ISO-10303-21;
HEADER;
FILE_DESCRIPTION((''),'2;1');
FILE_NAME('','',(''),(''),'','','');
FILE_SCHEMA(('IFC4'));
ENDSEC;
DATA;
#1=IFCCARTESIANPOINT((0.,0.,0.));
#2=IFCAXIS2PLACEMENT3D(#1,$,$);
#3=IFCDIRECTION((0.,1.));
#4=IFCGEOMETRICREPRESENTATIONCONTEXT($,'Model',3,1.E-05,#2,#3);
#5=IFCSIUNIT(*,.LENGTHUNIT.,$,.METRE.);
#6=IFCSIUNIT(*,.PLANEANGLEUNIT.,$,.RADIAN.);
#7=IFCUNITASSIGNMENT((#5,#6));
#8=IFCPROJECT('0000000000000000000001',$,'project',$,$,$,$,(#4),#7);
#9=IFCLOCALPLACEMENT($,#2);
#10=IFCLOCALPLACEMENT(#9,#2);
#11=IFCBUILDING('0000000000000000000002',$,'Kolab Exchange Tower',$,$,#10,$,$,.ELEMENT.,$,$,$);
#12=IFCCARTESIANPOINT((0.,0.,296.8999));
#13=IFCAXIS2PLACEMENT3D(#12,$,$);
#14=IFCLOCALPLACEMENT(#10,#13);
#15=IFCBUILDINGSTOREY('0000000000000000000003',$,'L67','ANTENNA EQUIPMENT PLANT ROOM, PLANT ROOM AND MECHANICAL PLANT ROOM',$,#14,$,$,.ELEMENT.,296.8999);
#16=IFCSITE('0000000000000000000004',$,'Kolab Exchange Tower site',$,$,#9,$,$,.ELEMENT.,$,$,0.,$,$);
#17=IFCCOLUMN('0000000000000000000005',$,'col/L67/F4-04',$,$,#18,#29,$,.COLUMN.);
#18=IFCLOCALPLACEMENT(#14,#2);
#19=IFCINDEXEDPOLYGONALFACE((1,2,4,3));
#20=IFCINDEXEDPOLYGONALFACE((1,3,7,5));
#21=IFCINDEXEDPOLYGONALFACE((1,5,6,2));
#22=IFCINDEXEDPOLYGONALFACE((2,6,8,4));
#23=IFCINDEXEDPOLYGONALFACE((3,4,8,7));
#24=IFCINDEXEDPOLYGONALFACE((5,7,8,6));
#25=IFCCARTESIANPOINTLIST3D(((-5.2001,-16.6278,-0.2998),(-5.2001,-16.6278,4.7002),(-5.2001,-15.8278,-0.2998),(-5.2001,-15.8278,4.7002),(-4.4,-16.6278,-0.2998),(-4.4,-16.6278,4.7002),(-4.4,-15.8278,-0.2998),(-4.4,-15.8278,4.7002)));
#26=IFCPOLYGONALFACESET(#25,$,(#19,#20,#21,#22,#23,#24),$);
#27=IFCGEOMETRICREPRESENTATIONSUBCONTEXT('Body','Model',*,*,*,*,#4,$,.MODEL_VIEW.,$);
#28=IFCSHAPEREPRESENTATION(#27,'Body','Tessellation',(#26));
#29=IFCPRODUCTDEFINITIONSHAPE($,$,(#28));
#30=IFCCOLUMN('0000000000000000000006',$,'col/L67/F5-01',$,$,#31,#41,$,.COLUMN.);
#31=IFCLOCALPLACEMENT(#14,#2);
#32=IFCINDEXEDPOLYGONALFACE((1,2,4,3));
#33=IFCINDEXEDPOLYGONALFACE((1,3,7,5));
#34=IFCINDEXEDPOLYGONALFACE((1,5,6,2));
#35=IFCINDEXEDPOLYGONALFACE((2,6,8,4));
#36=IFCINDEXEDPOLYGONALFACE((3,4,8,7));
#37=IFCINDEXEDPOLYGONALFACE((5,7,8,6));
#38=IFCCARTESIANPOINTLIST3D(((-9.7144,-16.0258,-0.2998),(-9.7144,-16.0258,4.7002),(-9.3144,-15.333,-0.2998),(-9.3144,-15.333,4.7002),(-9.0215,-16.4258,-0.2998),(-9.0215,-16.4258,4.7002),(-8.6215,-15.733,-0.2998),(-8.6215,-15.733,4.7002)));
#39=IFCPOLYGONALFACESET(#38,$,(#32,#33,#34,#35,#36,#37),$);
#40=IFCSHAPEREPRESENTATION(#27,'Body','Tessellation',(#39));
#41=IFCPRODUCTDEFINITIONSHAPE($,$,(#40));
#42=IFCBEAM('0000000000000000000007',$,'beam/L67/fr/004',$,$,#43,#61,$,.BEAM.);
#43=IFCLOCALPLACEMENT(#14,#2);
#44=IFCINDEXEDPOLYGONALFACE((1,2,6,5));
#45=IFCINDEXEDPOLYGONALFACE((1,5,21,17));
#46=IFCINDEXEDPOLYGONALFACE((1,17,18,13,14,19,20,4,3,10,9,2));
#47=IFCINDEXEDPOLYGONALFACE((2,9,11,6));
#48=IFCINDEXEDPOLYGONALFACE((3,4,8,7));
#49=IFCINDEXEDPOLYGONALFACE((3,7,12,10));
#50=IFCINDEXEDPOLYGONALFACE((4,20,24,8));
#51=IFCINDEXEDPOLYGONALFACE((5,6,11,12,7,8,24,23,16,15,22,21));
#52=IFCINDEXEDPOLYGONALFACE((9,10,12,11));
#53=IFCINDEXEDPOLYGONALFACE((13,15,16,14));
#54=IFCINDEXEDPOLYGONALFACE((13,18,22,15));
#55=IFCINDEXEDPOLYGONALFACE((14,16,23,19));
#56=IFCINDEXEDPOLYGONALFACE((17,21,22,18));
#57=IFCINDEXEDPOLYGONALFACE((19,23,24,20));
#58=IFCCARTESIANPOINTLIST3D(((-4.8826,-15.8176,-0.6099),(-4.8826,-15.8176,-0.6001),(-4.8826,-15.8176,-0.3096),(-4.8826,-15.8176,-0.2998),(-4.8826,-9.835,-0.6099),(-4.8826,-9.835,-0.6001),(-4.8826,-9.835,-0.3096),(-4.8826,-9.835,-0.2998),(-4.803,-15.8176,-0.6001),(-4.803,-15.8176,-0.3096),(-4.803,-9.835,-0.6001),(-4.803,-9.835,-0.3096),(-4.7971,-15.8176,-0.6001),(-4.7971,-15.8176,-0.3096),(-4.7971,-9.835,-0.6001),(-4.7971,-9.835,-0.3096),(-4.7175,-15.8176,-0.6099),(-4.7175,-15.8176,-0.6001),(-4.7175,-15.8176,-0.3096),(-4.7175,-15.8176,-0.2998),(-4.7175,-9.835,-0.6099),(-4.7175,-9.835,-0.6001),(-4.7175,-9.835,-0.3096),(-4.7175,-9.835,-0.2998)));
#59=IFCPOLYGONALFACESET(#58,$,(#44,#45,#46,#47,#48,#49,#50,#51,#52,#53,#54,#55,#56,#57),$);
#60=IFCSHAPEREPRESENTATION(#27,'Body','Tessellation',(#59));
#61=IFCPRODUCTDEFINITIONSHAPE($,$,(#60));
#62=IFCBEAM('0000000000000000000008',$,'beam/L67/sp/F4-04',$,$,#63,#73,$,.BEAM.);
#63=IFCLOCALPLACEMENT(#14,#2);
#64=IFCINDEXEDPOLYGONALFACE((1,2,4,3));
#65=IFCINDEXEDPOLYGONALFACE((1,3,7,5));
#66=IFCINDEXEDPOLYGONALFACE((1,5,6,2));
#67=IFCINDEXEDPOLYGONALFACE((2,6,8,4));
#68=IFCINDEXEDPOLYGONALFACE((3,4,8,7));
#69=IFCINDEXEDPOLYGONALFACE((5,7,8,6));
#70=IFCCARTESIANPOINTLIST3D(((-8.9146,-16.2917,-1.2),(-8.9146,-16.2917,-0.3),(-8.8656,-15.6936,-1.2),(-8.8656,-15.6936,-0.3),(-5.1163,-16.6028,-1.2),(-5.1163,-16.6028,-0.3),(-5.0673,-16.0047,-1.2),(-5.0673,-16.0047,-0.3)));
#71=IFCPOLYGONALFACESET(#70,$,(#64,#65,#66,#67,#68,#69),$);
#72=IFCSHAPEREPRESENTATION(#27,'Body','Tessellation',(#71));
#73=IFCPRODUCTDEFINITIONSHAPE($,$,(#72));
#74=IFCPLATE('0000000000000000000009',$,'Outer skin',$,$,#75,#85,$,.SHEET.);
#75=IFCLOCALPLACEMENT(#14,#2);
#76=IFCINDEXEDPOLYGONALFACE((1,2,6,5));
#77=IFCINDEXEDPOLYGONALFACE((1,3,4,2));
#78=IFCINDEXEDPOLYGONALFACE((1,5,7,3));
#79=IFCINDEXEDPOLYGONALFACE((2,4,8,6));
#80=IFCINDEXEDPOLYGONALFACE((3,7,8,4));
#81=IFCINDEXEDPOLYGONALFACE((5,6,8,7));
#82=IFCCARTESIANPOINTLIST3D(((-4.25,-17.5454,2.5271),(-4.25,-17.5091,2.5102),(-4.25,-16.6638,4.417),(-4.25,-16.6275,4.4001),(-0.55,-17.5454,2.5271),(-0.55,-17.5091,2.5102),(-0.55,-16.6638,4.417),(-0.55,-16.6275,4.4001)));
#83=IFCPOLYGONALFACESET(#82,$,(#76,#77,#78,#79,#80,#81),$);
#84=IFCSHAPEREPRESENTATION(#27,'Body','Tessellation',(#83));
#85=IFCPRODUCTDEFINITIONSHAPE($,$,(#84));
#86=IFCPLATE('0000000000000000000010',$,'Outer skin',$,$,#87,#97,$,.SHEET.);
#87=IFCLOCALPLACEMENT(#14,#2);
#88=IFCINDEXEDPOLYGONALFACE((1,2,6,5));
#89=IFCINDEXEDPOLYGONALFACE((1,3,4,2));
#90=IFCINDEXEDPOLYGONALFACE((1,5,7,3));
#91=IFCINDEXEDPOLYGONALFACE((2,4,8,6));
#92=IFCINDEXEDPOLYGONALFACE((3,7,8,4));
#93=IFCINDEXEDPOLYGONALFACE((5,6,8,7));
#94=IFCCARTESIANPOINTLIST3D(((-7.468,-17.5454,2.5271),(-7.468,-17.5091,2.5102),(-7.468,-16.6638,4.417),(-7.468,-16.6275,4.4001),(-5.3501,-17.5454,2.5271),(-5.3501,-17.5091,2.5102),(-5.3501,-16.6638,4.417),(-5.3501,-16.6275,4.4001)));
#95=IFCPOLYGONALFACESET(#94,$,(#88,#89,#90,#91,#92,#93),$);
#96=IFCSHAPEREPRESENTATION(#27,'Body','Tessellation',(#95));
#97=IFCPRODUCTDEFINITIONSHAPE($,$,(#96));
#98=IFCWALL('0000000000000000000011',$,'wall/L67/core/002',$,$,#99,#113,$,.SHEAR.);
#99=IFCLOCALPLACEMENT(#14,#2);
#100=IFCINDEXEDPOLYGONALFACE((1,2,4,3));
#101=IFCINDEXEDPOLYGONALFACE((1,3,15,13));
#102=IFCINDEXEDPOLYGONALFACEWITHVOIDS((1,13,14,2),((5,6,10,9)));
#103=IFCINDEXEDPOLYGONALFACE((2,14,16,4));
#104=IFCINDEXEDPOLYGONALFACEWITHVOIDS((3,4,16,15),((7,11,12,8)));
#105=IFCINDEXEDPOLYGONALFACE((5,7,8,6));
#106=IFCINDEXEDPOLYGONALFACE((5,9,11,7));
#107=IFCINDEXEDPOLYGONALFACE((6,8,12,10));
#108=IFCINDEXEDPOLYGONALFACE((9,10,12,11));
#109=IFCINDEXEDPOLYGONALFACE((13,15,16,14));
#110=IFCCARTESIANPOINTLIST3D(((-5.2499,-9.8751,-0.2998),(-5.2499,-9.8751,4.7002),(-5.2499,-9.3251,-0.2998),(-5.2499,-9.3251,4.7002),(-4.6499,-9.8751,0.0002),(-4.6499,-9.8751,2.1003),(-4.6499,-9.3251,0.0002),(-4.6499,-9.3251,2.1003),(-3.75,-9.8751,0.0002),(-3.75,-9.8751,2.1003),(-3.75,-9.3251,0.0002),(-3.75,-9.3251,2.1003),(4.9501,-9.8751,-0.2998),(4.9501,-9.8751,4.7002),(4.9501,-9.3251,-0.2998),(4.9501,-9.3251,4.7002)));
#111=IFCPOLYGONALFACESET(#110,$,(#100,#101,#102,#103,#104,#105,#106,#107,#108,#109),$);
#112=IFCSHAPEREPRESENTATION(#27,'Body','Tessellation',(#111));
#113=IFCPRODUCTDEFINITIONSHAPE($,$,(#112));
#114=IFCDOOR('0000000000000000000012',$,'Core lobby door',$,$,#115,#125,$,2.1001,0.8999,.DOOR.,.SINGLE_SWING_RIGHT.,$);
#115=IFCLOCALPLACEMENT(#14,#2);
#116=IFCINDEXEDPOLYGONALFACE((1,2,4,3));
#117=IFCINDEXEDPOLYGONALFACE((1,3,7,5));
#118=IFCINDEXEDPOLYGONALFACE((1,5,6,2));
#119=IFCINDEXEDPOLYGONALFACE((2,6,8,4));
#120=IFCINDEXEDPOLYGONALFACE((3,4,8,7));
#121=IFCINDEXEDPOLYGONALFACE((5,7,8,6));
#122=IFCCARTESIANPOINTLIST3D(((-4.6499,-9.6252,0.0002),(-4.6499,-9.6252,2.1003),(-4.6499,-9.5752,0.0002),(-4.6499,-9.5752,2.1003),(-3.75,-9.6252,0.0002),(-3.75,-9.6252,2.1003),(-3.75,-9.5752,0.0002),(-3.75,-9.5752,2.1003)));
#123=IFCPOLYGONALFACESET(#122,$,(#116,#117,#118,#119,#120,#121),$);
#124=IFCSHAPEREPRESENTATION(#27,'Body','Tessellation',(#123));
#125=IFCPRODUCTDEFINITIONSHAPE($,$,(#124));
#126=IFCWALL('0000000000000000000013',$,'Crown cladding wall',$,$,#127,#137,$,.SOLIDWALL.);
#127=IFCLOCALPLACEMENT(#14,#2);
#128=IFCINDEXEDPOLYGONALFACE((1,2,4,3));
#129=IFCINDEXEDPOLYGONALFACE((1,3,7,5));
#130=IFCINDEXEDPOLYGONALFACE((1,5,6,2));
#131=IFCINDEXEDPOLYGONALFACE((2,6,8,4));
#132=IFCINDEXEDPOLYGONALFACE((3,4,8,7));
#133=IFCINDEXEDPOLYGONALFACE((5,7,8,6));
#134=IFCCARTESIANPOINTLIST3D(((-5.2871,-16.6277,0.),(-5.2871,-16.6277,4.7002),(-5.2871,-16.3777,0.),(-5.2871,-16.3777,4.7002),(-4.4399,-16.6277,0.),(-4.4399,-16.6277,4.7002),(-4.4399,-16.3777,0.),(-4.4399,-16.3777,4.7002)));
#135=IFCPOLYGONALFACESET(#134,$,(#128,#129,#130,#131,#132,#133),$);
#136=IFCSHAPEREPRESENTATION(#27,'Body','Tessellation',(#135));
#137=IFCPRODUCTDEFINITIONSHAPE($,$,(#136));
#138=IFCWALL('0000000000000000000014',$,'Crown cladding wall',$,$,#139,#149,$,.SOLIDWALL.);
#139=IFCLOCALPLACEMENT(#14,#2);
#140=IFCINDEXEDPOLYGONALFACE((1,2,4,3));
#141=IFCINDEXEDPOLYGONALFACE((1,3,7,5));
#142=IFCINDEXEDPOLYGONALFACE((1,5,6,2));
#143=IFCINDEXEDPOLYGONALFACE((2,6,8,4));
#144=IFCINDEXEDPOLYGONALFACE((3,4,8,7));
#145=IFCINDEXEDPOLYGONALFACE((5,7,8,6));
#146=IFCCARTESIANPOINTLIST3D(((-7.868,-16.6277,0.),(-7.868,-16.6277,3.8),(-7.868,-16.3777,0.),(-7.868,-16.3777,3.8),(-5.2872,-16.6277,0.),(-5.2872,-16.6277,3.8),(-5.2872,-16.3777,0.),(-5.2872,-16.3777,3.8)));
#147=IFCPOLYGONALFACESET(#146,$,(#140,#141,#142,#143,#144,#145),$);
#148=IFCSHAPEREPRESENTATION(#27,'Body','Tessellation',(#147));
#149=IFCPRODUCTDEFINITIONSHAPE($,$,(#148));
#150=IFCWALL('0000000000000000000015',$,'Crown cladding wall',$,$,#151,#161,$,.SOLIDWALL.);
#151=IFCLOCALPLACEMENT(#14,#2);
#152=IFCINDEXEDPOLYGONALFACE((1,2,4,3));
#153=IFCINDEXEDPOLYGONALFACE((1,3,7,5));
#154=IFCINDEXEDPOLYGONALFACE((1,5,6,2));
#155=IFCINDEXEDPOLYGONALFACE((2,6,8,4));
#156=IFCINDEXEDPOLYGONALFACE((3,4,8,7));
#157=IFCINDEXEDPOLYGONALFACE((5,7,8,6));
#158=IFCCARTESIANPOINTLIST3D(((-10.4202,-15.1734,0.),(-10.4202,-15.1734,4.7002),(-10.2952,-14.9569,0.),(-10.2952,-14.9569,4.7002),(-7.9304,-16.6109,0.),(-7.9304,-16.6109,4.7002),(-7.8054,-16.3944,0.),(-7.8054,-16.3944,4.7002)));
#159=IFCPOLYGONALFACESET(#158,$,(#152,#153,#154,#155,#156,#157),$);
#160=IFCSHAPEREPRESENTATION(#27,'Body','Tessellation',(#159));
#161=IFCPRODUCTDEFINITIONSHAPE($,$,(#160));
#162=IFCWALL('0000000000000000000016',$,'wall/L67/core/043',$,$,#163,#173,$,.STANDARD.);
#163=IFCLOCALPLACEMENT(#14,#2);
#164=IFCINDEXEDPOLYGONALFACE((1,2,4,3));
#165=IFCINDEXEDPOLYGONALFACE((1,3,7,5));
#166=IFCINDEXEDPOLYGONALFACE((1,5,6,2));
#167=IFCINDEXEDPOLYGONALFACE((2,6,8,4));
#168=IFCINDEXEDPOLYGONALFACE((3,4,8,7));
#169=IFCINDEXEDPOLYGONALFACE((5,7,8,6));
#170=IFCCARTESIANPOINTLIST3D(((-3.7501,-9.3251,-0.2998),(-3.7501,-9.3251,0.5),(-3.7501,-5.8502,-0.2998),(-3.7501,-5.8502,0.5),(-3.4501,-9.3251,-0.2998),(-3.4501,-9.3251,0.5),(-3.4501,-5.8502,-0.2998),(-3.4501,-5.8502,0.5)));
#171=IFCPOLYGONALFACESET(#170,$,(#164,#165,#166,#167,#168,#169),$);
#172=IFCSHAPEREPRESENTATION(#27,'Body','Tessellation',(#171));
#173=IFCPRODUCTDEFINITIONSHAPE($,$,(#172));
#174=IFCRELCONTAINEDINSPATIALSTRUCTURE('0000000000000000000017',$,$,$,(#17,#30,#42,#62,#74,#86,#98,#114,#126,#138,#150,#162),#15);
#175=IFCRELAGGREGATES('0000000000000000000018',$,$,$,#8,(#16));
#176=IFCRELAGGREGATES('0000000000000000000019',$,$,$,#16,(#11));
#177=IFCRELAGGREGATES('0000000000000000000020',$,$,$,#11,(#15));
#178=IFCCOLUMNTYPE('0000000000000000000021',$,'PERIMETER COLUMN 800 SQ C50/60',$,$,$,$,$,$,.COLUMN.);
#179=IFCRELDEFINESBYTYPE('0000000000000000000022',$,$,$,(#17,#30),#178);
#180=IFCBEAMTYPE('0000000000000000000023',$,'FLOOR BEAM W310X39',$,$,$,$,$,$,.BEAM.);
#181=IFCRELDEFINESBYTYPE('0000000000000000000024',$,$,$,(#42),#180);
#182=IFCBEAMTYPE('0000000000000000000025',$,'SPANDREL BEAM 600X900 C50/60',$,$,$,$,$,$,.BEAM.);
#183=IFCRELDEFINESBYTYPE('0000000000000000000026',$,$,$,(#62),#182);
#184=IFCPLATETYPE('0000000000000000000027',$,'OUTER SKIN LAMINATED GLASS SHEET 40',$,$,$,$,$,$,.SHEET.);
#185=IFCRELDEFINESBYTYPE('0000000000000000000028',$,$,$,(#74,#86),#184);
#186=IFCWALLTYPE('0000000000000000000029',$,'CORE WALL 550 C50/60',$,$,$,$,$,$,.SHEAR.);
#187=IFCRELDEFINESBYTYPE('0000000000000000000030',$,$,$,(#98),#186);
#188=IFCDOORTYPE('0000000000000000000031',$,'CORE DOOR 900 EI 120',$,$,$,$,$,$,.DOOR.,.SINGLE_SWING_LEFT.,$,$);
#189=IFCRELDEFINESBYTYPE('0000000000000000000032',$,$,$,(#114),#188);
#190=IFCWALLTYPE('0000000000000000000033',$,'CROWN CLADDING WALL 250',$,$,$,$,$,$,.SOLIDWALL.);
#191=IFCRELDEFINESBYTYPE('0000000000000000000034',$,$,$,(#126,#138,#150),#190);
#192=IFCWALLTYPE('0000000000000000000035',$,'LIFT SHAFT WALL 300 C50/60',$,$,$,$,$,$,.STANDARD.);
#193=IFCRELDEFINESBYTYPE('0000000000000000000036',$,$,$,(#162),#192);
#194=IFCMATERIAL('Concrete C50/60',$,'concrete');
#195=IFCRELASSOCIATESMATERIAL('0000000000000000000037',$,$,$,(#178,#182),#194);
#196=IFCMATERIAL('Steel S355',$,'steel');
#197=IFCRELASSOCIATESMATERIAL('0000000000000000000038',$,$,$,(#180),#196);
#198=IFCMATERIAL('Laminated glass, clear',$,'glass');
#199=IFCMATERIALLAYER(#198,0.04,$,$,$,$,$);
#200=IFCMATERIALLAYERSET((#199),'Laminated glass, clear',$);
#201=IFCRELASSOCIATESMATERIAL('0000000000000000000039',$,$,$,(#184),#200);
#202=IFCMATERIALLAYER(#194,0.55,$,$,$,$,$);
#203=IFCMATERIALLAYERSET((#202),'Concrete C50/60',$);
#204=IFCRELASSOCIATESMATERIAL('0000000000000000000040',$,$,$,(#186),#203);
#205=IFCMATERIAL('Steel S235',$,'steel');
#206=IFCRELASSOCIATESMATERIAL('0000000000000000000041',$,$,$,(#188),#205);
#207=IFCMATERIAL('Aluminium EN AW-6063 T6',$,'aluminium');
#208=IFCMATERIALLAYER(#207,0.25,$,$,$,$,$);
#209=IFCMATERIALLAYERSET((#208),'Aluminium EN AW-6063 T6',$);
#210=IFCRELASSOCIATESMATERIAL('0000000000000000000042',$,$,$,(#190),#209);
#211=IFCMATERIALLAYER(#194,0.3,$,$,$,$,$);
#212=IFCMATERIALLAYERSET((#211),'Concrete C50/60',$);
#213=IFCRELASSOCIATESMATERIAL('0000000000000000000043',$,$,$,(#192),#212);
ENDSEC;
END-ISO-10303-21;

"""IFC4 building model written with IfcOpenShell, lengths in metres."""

from ifc_helpers import new_model, si_unit, direction, frame, frame_2d, origin, origin_2d, place, context, subcontext, project, spatial, polyline, rectangle, i_section, outline, extrude, material, layer, layer_set, material_profile, profile_set, type_object, element, fill, save


model = new_model("IFC4")

# Units and contexts
model_context = context("Model", 3, precision=1e-05, world=origin(), true_north=direction((0.0, 1.0)))
body_context = subcontext(model_context, "Body", "Model", "MODEL_VIEW")
ifc_project = project(units=[si_unit("LENGTHUNIT", "METRE"), si_unit("PLANEANGLEUNIT", "RADIAN")], contexts=[model_context])

# Site, building, storey
site_placement = place(None, origin())
site = spatial("IfcSite", under=ifc_project, at=site_placement, Name="Kolab Exchange Tower site", CompositionType="ELEMENT", RefElevation=0.0)
building_placement = place(site_placement, origin())
building = spatial("IfcBuilding", under=site, at=building_placement, Name="Kolab Exchange Tower", CompositionType="ELEMENT")
storey_placement = place(building_placement, frame((0.0, 0.0, 296.8999)))
storey = spatial("IfcBuildingStorey", under=building, at=storey_placement, Name="L67", Description="ANTENNA EQUIPMENT PLANT ROOM, PLANT ROOM AND MECHANICAL PLANT ROOM", CompositionType="ELEMENT", Elevation=296.8999)

# Columns
ifc_material_1 = material(Name="Concrete C50/60", Category="concrete")
ifc_material_profile_1 = material_profile(ifc_material_1, rectangle(XDim=0.8, YDim=0.8, at=origin_2d()), Name="RC800")
ifc_profile_set_1 = profile_set([ifc_material_profile_1], Name="Concrete C50/60")
column_type = type_object("IfcColumnType", Name="PERIMETER COLUMN 800 SQ C50/60", PredefinedType="COLUMN", material=ifc_profile_set_1)
for number, where, z_axis, x_axis, name in (
    (1, (-4.8, -16.2278, -0.2998), (0.0, 0.0, 1.0), (1.0, 0.0, 0.0), "col/L67/F4-04"),
    (2, (-9.168, -15.8794, -0.2998), (0.0, 0.0, 1.0), (0.5, 0.866025, 0.0), "col/L67/F5-01"),
):
    element("IfcColumn", number, at=place(storey_placement, frame(where, z_axis=z_axis, x_axis=x_axis)), inside=storey, type_object=column_type, Name=name, PredefinedType="COLUMN", context=body_context, shape_type="SweptSolid", body=[
        extrude(rectangle(XDim=0.8, YDim=0.8, at=origin_2d()), origin(), (0.0, 0.0, 1.0), 5.0),
    ])

# Beams
ifc_material_2 = material(Name="Steel S355", Category="steel")
ifc_material_profile_2 = material_profile(ifc_material_2, i_section(OverallWidth=0.165, OverallDepth=0.3101, WebThickness=0.0059, FlangeThickness=0.0098, at=origin_2d()), Name="W310X39")
ifc_profile_set_2 = profile_set([ifc_material_profile_2], Name="Steel S355")
beam_type_1 = type_object("IfcBeamType", Name="FLOOR BEAM W310X39", PredefinedType="BEAM", material=ifc_profile_set_2)
beam_1_placement = place(storey_placement, frame((-4.8, -15.8176, -0.4548), z_axis=(0.0, 1.0, 0.0), x_axis=(-1.0, 0.0, 0.0)))
element("IfcBeam", 3, at=beam_1_placement, inside=storey, type_object=beam_type_1, Name="beam/L67/fr/004", PredefinedType="BEAM", context=body_context, shape_type="SweptSolid", body=[
    extrude(i_section(OverallWidth=0.165, OverallDepth=0.3101, WebThickness=0.0059, FlangeThickness=0.0098, at=origin_2d()), origin(), (0.0, 0.0, 1.0), 5.9827),
])
ifc_material_profile_3 = material_profile(ifc_material_1, rectangle(XDim=0.6001, YDim=0.8999, at=origin_2d()), Name="RC600X900")
ifc_profile_set_3 = profile_set([ifc_material_profile_3], Name="Concrete C50/60")
beam_type_2 = type_object("IfcBeamType", Name="SPANDREL BEAM 600X900 C50/60", PredefinedType="BEAM", material=ifc_profile_set_3)
beam_2_placement = place(storey_placement, frame((-5.0918, -16.3037, -0.75), z_axis=(-0.996664, 0.081614, 0.0), x_axis=(-0.081614, -0.996664, 0.0)))
element("IfcBeam", 4, at=beam_2_placement, inside=storey, type_object=beam_type_2, Name="beam/L67/sp/F4-04", PredefinedType="BEAM", context=body_context, shape_type="SweptSolid", body=[
    extrude(rectangle(XDim=0.6001, YDim=0.8999, at=origin_2d()), origin(), (0.0, 0.0, 1.0), 3.811),
])

# Plates
ifc_material_3 = material(Name="Laminated glass, clear", Category="glass")
ifc_layer_1 = layer(ifc_material_3, 0.04)
ifc_layer_set_1 = layer_set([ifc_layer_1], Name="Laminated glass, clear")
plate_type = type_object("IfcPlateType", Name="OUTER SKIN LAMINATED GLASS SHEET 40", PredefinedType="SHEET", material=ifc_layer_set_1)
plate_1_placement = place(storey_placement, frame((-0.55, -17.5454, 2.5271), z_axis=(0.0, -0.906249, 0.422744), x_axis=(-1.0, 0.0, 0.0)))
element("IfcPlate", 5, at=plate_1_placement, inside=storey, type_object=plate_type, Name="Outer skin", PredefinedType="SHEET", context=body_context, shape_type="SweptSolid", body=[
    extrude(outline(polyline([(0.0, 0.0), (3.7, 0.0), (3.7, -2.0854), (0.0, -2.0854), (0.0, 0.0)])), origin(), (0.0, 0.0, -1.0), 0.04),
])
plate_2_placement = place(storey_placement, frame((-5.3501, -17.5454, 2.5271), z_axis=(0.0, -0.906249, 0.422744), x_axis=(-1.0, 0.0, 0.0)))
element("IfcPlate", 6, at=plate_2_placement, inside=storey, type_object=plate_type, Name="Outer skin", PredefinedType="SHEET", context=body_context, shape_type="SweptSolid", body=[
    extrude(outline(polyline([(0.0, 0.0), (2.1179, 0.0), (2.1179, -2.0854), (0.0, -2.0854), (0.0, 0.0)])), origin(), (0.0, 0.0, -1.0), 0.04),
])

# Wall, opening, door
ifc_layer_2 = layer(ifc_material_1, 0.55)
ifc_layer_set_2 = layer_set([ifc_layer_2], Name="Concrete C50/60")
wall_type_1 = type_object("IfcWallType", Name="CORE WALL 550 C50/60", PredefinedType="SHEAR", material=ifc_layer_set_2)
wall_1_placement = place(storey_placement, frame((-5.25, -9.6001, -0.2998), z_axis=(0.0, 0.0, 1.0), x_axis=(1.0, 0.0, 0.0)))
wall_1 = element("IfcWall", 7, at=wall_1_placement, inside=storey, type_object=wall_type_1, Name="wall/L67/core/002", PredefinedType="SHEAR", context=body_context, shape_type="SweptSolid", body=[
    extrude(rectangle(XDim=10.2, YDim=0.55, at=frame_2d((5.1001, 0.0))), origin(), (0.0, 0.0, 1.0), 5.0),
])
opening_1_placement = place(wall_1_placement, frame((0.6001, 0.0, 0.3)))
opening_1 = element("IfcOpeningElement", 8, at=opening_1_placement, cuts=wall_1, PredefinedType="OPENING", context=body_context, shape_type="SweptSolid", body=[
    extrude(rectangle(XDim=0.8999, YDim=2.1001, at=frame_2d((0.45, 1.05))), frame((0.0, 0.2852, 0.0), z_axis=(0.0, -1.0, 0.0), x_axis=(1.0, 0.0, 0.0)), (0.0, 0.0, 1.0), 0.5701),
])
ifc_material_4 = material(Name="Steel S235", Category="steel")
door_type_1 = type_object("IfcDoorType", Name="CORE DOOR 900 EI 120", OperationType="SINGLE_SWING_LEFT", PredefinedType="DOOR", material=ifc_material_4)
door_1_placement = place(opening_1_placement, origin())
door_1 = element("IfcDoor", 9, at=door_1_placement, inside=storey, type_object=door_type_1, Name="Core lobby door", OperationType="SINGLE_SWING_RIGHT", OverallHeight=2.1001, OverallWidth=0.8999, PredefinedType="DOOR", context=body_context, shape_type="SweptSolid", body=[
    extrude(rectangle(XDim=0.8999, YDim=2.1001, at=frame_2d((0.45, 1.05))), frame((0.0, 0.0249, 0.0), z_axis=(0.0, -1.0, 0.0), x_axis=(1.0, 0.0, 0.0)), (0.0, 0.0, 1.0), 0.05),
])
fill(opening_1, door_1)

# Walls
ifc_material_5 = material(Name="Aluminium EN AW-6063 T6", Category="aluminium")
ifc_layer_3 = layer(ifc_material_5, 0.25)
ifc_layer_set_3 = layer_set([ifc_layer_3], Name="Aluminium EN AW-6063 T6")
wall_type_2 = type_object("IfcWallType", Name="CROWN CLADDING WALL 250", PredefinedType="SOLIDWALL", material=ifc_layer_set_3)
wall_2_placement = place(storey_placement, frame((-4.4399, -16.5027, 0.0), z_axis=(0.0, 0.0, 1.0), x_axis=(-1.0, 0.0, 0.0)))
element("IfcWall", 10, at=wall_2_placement, inside=storey, type_object=wall_type_2, Name="Crown cladding wall", PredefinedType="SOLIDWALL", context=body_context, shape_type="SweptSolid", body=[
    extrude(rectangle(XDim=0.8472, YDim=0.25, at=frame_2d((0.4236, 0.0))), origin(), (0.0, 0.0, 1.0), 4.7002),
])
wall_3_placement = place(storey_placement, frame((-5.2871, -16.5027, 0.0), z_axis=(0.0, 0.0, 1.0), x_axis=(-1.0, 0.0, 0.0)))
element("IfcWall", 11, at=wall_3_placement, inside=storey, type_object=wall_type_2, Name="Crown cladding wall", PredefinedType="SOLIDWALL", context=body_context, shape_type="SweptSolid", body=[
    extrude(rectangle(XDim=2.5808, YDim=0.25, at=frame_2d((1.2905, 0.0))), origin(), (0.0, 0.0, 1.0), 3.8),
])
wall_4_placement = place(storey_placement, frame((-7.8679, -16.5027, 0.0), z_axis=(0.0, 0.0, 1.0), x_axis=(-0.866019, 0.500012, 0.0)))
element("IfcWall", 12, at=wall_4_placement, inside=storey, type_object=wall_type_2, Name="Crown cladding wall", PredefinedType="SOLIDWALL", context=body_context, shape_type="SweptSolid", body=[
    extrude(rectangle(XDim=2.875, YDim=0.25, at=frame_2d((1.4375, 0.0))), origin(), (0.0, 0.0, 1.0), 4.7002),
])
ifc_layer_4 = layer(ifc_material_1, 0.3)
ifc_layer_set_4 = layer_set([ifc_layer_4], Name="Concrete C50/60")
wall_type_3 = type_object("IfcWallType", Name="LIFT SHAFT WALL 300 C50/60", PredefinedType="STANDARD", material=ifc_layer_set_4)
for number, where, z_axis, x_axis, name in (
    (13, (-3.6001, -9.325, -0.2998), (0.0, 0.0, 1.0), (0.0, 1.0, 0.0), "wall/L67/core/043"),
):
    element("IfcWall", number, at=place(storey_placement, frame(where, z_axis=z_axis, x_axis=x_axis)), inside=storey, type_object=wall_type_3, Name=name, PredefinedType="STANDARD", context=body_context, shape_type="SweptSolid", body=[
        extrude(rectangle(XDim=3.4749, YDim=0.3, at=frame_2d((1.7373, 0.0))), origin(), (0.0, 0.0, 1.0), 0.7998),
    ])

save(model, "model.ifc")
